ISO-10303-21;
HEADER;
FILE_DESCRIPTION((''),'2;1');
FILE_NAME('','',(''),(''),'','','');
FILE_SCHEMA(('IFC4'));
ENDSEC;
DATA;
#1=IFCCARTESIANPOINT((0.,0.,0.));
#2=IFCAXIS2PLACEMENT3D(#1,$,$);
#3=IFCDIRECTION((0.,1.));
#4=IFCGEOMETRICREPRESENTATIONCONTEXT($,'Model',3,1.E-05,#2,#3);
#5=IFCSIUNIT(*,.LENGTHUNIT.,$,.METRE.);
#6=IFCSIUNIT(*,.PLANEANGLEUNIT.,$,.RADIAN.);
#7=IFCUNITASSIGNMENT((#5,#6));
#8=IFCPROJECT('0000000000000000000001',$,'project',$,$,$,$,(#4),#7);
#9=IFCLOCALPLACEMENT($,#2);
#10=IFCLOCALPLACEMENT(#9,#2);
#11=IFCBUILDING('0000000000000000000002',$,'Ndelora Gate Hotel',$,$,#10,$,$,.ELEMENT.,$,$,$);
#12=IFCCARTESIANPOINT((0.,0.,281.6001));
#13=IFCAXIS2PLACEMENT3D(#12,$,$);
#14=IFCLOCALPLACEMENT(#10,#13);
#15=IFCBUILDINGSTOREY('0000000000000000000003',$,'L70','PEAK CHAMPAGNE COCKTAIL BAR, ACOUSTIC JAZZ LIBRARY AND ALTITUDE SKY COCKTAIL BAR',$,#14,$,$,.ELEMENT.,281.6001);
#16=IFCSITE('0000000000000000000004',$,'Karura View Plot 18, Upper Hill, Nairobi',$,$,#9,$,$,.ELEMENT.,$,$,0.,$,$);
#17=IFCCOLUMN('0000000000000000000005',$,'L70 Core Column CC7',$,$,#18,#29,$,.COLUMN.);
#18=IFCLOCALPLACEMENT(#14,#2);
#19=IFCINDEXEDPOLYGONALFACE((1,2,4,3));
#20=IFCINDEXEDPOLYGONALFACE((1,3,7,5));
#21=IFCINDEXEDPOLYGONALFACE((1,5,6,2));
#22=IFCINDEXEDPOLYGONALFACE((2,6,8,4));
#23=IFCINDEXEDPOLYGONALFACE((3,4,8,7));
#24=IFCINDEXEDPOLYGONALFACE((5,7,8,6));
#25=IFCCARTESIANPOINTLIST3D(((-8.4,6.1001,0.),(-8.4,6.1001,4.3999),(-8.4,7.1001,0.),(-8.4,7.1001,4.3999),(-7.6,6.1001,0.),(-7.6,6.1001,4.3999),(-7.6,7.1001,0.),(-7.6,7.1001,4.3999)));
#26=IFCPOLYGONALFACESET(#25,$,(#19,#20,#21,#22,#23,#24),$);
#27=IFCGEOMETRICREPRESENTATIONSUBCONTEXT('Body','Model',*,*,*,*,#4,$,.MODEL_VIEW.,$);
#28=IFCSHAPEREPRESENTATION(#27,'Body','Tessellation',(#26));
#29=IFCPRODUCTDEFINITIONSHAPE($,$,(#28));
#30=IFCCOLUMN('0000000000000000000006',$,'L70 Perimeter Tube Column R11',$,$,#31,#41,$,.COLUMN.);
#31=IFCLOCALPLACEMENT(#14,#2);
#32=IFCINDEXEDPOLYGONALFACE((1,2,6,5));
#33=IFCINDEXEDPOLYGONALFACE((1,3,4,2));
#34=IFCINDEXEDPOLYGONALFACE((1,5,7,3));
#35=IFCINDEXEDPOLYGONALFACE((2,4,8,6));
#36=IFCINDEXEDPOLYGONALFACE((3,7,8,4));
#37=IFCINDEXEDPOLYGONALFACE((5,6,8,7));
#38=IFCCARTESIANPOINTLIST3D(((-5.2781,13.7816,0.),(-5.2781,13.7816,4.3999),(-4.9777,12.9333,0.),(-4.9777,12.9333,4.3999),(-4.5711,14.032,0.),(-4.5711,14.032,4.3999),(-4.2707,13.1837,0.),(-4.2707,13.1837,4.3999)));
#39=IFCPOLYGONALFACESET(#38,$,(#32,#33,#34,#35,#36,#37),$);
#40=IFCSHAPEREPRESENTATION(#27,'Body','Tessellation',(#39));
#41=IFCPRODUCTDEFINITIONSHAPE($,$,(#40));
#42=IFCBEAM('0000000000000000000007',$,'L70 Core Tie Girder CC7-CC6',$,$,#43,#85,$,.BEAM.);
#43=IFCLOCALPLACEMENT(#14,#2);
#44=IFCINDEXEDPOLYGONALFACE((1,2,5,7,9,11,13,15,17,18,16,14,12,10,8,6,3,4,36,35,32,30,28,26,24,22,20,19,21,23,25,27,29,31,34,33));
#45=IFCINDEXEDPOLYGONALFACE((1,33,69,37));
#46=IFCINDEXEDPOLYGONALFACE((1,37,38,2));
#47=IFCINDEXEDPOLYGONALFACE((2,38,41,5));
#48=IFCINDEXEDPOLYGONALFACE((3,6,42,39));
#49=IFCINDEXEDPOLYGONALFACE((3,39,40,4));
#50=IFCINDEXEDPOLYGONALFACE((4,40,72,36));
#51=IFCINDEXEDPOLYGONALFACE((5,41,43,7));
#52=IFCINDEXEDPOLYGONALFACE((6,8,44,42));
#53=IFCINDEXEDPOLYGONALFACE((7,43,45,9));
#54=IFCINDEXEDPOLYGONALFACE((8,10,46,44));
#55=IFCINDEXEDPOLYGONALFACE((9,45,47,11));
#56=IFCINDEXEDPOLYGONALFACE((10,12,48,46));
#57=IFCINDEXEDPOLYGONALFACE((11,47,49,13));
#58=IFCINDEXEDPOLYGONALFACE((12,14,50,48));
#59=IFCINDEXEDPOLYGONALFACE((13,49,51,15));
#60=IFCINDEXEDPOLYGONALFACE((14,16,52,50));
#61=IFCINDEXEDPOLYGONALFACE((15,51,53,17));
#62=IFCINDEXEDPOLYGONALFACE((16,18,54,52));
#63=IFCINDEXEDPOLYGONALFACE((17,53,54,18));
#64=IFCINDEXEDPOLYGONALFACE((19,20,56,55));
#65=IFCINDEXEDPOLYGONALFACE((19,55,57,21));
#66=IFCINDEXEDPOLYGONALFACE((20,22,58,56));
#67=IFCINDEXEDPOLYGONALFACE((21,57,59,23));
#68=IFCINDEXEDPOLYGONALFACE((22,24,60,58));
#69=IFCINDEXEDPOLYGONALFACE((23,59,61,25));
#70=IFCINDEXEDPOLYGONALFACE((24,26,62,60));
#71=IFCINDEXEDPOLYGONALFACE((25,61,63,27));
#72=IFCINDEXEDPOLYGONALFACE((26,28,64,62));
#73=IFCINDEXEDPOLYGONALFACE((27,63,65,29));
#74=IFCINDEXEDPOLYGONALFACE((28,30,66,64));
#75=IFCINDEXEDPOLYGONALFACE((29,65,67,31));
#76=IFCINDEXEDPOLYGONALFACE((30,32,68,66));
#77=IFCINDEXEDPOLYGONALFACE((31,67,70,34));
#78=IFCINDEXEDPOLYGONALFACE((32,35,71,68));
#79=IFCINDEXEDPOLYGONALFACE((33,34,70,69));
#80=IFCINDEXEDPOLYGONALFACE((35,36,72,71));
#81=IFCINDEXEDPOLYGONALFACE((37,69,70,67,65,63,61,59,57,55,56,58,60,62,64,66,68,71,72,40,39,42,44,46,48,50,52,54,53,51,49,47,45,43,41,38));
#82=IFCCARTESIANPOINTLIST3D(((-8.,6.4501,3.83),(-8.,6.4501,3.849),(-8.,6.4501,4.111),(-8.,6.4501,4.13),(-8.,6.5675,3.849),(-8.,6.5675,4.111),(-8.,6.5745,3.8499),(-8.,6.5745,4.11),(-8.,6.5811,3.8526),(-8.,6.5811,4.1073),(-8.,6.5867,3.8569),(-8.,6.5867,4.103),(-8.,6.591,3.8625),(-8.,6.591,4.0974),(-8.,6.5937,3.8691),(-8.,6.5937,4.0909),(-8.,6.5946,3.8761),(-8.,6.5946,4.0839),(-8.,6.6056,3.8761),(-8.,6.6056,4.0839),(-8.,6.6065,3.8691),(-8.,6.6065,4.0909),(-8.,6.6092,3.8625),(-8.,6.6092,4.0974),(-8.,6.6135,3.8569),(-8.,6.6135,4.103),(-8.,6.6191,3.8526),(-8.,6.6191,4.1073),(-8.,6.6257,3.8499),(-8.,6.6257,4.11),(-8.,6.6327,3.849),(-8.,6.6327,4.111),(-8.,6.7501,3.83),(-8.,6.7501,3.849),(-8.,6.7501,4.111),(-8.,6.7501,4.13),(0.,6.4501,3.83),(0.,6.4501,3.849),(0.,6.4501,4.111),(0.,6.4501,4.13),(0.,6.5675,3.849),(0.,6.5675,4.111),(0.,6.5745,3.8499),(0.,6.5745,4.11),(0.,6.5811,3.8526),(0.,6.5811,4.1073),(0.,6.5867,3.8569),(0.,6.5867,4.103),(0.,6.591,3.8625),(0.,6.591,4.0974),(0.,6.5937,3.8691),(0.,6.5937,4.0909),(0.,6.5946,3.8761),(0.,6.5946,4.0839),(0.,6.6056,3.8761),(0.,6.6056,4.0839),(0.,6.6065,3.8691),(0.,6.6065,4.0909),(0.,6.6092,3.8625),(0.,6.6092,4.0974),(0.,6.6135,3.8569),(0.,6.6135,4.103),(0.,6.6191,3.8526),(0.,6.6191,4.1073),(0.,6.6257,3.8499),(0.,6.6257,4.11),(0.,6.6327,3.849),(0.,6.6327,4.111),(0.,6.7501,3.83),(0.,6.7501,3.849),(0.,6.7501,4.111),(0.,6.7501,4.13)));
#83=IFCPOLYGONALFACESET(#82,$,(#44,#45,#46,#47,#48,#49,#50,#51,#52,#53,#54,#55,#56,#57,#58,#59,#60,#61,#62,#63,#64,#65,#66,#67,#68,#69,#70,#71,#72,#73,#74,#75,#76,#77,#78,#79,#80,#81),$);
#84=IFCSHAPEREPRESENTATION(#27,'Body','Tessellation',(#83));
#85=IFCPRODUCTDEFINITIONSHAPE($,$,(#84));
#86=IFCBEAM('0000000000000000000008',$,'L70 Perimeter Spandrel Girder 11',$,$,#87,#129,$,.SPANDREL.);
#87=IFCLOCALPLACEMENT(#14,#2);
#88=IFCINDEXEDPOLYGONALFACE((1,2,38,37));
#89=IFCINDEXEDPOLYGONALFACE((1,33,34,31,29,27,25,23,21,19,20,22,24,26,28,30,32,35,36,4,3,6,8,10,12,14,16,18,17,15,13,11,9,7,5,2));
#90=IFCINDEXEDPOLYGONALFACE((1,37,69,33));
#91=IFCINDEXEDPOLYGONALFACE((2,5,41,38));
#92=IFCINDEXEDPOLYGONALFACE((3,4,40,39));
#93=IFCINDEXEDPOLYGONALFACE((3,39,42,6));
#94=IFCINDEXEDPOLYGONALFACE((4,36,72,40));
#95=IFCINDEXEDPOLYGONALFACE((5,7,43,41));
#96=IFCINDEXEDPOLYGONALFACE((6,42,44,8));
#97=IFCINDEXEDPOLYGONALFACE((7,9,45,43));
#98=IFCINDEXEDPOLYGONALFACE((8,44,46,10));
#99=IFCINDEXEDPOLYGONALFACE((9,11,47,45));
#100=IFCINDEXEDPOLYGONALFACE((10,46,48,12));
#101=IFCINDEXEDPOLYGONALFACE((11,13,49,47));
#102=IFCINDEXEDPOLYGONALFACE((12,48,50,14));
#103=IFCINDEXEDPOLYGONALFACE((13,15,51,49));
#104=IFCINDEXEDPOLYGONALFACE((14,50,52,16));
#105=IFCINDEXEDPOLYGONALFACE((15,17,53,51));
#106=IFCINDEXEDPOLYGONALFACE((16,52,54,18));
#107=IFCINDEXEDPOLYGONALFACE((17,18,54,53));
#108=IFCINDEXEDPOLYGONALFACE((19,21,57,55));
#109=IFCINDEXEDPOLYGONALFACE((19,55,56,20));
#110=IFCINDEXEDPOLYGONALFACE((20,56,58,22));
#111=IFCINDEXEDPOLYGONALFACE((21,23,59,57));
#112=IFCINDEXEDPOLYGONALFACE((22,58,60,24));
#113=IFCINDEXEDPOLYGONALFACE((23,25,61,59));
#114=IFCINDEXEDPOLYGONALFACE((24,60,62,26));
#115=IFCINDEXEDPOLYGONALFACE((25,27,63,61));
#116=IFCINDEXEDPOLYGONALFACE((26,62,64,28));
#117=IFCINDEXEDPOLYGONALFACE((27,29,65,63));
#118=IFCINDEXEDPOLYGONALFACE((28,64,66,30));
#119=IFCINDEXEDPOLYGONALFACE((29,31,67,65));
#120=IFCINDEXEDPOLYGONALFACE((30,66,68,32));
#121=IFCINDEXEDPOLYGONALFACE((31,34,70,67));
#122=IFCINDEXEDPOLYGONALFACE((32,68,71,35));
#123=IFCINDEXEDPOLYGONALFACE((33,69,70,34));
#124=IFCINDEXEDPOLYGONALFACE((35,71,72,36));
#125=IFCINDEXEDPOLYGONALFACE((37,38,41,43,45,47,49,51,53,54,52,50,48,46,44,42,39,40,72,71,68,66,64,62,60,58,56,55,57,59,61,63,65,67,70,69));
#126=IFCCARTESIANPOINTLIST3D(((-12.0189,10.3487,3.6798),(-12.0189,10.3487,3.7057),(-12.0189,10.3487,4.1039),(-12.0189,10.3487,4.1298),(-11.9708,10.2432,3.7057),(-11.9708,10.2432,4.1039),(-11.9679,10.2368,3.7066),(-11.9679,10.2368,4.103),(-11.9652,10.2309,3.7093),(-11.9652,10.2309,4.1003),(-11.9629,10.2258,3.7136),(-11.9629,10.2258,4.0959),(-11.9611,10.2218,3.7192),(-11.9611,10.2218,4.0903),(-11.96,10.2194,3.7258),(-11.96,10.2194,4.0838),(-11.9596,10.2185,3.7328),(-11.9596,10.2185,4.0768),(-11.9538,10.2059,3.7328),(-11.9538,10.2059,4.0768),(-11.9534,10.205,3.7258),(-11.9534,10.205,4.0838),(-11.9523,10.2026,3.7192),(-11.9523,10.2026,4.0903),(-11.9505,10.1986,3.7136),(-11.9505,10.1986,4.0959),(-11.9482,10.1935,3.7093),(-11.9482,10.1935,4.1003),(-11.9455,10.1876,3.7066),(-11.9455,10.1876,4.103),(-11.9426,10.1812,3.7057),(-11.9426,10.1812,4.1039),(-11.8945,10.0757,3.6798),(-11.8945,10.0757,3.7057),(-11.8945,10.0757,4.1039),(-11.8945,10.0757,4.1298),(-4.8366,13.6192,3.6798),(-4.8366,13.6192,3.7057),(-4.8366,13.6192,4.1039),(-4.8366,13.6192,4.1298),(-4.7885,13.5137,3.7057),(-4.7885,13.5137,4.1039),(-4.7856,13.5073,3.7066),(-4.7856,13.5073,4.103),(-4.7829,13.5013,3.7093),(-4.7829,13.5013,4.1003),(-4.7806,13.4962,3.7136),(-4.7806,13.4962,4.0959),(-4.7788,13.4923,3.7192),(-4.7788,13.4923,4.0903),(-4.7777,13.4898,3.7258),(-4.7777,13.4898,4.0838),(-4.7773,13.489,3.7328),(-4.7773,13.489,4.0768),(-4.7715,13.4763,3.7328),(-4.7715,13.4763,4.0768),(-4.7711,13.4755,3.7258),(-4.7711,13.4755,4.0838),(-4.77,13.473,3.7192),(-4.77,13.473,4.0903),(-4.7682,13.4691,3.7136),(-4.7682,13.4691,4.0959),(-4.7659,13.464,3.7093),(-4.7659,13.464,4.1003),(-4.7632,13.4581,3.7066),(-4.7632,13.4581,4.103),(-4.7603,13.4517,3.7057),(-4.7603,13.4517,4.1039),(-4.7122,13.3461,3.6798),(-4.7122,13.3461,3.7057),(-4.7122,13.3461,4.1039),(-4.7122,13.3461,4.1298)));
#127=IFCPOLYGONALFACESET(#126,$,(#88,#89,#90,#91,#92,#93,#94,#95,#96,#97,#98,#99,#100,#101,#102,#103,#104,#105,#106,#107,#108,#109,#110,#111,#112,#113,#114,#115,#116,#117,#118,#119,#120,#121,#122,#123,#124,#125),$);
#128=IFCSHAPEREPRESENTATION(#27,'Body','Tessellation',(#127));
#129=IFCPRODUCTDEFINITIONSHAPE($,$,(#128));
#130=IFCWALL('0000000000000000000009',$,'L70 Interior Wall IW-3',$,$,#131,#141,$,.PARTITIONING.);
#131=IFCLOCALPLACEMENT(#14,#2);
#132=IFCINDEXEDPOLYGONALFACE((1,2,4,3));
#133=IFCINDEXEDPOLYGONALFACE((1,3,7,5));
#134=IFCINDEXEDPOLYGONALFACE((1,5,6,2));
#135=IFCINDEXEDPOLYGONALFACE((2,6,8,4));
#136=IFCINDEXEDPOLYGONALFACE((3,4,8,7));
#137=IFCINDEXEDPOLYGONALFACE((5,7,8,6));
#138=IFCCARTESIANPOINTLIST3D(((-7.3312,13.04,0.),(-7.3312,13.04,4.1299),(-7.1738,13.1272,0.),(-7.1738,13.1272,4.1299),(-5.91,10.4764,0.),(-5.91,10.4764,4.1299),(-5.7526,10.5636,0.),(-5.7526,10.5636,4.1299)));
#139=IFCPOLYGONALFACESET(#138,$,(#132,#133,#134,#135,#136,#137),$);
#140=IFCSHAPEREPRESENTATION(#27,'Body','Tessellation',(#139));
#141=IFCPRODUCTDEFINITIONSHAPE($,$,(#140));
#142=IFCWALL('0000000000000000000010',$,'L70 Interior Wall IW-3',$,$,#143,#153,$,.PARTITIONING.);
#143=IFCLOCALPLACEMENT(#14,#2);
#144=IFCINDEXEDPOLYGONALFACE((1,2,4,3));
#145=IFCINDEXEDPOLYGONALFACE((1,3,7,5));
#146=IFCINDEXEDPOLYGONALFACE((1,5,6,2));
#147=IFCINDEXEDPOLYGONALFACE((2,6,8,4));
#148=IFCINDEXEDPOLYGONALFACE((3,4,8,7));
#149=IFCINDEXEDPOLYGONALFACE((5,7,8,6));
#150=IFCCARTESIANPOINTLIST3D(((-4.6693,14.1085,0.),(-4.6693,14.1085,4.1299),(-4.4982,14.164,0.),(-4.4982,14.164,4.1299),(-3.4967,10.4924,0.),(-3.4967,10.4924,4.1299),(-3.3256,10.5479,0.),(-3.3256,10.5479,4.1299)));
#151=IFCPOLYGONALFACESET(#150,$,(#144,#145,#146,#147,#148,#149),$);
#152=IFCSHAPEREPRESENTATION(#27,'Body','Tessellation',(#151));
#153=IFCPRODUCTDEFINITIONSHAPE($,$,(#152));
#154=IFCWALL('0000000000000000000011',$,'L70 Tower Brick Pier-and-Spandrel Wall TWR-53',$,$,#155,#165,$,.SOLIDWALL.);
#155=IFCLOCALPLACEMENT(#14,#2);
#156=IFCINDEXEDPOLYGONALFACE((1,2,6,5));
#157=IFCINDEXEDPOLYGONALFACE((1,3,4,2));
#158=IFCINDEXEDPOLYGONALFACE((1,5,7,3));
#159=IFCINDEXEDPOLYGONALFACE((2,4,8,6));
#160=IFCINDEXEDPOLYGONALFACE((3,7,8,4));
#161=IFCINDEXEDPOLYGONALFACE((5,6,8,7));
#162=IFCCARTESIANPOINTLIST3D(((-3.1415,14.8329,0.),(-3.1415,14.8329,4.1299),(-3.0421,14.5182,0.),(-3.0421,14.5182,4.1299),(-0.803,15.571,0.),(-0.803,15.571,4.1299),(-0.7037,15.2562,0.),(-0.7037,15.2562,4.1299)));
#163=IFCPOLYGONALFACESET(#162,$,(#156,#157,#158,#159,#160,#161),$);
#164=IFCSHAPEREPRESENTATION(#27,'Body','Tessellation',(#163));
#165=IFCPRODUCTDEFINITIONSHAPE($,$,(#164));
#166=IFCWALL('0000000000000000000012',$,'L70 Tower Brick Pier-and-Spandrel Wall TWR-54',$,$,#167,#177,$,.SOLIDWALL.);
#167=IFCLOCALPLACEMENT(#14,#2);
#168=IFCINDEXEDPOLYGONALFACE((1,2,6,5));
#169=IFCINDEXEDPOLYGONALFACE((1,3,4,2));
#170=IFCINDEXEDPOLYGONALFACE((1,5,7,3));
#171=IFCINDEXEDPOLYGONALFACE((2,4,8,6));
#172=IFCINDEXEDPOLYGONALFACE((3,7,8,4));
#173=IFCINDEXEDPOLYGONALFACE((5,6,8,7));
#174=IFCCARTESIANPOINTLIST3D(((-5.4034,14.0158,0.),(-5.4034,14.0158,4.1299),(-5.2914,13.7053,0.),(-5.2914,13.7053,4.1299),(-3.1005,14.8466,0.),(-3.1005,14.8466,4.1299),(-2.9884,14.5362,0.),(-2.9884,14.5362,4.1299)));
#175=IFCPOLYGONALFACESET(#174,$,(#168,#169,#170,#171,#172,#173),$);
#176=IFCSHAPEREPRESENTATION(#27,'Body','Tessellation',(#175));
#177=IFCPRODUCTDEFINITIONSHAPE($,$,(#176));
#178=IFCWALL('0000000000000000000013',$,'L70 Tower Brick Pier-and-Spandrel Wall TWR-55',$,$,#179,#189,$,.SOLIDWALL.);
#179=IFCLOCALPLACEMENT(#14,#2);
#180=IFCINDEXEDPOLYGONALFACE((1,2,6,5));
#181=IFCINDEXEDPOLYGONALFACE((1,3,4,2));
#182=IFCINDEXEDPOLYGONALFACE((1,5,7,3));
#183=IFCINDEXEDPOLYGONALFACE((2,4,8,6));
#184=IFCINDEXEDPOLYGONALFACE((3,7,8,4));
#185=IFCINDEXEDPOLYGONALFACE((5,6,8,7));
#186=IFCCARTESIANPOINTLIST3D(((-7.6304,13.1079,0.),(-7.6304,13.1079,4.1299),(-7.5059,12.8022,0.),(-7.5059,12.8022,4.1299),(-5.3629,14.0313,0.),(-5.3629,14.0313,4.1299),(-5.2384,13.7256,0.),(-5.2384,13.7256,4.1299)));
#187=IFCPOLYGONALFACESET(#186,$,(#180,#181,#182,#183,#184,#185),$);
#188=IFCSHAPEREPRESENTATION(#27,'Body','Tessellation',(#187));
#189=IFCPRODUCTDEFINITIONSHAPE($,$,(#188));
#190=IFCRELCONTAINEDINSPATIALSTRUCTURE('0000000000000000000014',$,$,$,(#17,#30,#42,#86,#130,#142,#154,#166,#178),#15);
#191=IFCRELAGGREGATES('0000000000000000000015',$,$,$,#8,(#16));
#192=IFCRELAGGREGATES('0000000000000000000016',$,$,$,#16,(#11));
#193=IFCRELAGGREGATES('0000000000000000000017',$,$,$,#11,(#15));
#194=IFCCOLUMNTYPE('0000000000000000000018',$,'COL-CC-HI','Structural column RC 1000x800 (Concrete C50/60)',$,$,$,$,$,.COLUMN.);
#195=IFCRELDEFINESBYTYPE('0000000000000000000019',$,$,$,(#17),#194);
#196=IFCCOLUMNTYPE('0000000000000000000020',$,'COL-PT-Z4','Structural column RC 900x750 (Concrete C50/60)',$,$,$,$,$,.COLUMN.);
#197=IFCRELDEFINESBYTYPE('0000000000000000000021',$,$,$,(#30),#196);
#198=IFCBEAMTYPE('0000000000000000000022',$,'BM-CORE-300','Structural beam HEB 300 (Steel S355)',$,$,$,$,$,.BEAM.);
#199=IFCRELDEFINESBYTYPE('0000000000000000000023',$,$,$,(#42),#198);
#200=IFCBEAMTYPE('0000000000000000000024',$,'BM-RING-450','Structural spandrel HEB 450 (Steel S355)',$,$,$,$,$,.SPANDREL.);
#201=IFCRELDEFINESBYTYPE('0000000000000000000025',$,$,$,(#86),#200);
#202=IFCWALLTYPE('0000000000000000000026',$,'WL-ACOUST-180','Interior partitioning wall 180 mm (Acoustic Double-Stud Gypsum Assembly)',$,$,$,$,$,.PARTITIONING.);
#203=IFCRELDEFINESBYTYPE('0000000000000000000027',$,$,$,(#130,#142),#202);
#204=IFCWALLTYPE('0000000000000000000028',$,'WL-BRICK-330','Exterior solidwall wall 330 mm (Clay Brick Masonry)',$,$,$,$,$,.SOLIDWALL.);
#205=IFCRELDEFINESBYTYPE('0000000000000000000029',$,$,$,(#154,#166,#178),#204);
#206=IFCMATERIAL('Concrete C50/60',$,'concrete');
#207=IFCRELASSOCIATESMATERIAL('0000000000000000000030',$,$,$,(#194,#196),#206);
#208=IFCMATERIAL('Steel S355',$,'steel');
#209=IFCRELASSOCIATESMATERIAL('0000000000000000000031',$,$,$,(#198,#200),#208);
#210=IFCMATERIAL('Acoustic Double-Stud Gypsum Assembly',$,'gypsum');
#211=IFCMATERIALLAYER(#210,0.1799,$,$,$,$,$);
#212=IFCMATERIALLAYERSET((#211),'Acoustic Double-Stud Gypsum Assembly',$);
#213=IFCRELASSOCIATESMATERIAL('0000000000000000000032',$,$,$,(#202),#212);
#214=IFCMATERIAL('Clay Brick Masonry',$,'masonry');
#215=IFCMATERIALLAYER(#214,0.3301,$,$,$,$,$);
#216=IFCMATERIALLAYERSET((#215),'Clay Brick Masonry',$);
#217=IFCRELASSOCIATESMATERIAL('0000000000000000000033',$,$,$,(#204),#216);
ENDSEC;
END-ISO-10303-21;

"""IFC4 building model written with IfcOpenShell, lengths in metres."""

from ifc_helpers import new_model, si_unit, direction, frame, frame_2d, origin, origin_2d, place, context, subcontext, project, spatial, rectangle, i_section, extrude, material, layer, layer_set, material_profile, profile_set, type_object, element, save


model = new_model("IFC4")

# Units and contexts
model_context = context("Model", 3, precision=1e-05, world=origin(), true_north=direction((0.0, 1.0)))
body_context = subcontext(model_context, "Body", "Model", "MODEL_VIEW")
ifc_project = project(units=[si_unit("LENGTHUNIT", "METRE"), si_unit("PLANEANGLEUNIT", "RADIAN")], contexts=[model_context])

# Site, building, storey
site_placement = place(None, origin())
site = spatial("IfcSite", under=ifc_project, at=site_placement, Name="Karura View Plot 18, Upper Hill, Nairobi", CompositionType="ELEMENT", RefElevation=0.0)
building_placement = place(site_placement, origin())
building = spatial("IfcBuilding", under=site, at=building_placement, Name="Ndelora Gate Hotel", CompositionType="ELEMENT")
storey_placement = place(building_placement, frame((0.0, 0.0, 281.6001)))
storey = spatial("IfcBuildingStorey", under=building, at=storey_placement, Name="L70", Description="PEAK CHAMPAGNE COCKTAIL BAR, ACOUSTIC JAZZ LIBRARY AND ALTITUDE SKY COCKTAIL BAR", CompositionType="ELEMENT", Elevation=281.6001)

# Columns
ifc_material_1 = material(Name="Concrete C50/60", Category="concrete")
ifc_material_profile_1 = material_profile(ifc_material_1, rectangle(XDim=0.8, YDim=1.0, at=origin_2d()), Name="RC 1000x800")
ifc_profile_set_1 = profile_set([ifc_material_profile_1], Name="Concrete C50/60")
column_type_1 = type_object("IfcColumnType", Name="COL-CC-HI", Description="Structural column RC 1000x800 (Concrete C50/60)", PredefinedType="COLUMN", material=ifc_profile_set_1)
column_1_placement = place(storey_placement, frame((-8.0, 6.6001, 0.0), z_axis=(0.0, 0.0, 1.0), x_axis=(1.0, 0.0, 0.0)))
element("IfcColumn", 1, at=column_1_placement, inside=storey, type_object=column_type_1, Name="L70 Core Column CC7", PredefinedType="COLUMN", context=body_context, shape_type="SweptSolid", body=[
    extrude(rectangle(XDim=0.8, YDim=1.0, at=origin_2d()), origin(), (0.0, 0.0, 1.0), 4.3999),
])
ifc_material_profile_2 = material_profile(ifc_material_1, rectangle(XDim=0.75, YDim=0.8999, at=origin_2d()), Name="RC 900x750")
ifc_profile_set_2 = profile_set([ifc_material_profile_2], Name="Concrete C50/60")
column_type_2 = type_object("IfcColumnType", Name="COL-PT-Z4", Description="Structural column RC 900x750 (Concrete C50/60)", PredefinedType="COLUMN", material=ifc_profile_set_2)
column_2_placement = place(storey_placement, frame((-4.7744, 13.4827, 0.0), z_axis=(0.0, 0.0, 1.0), x_axis=(0.942641, 0.333807, 0.0)))
element("IfcColumn", 2, at=column_2_placement, inside=storey, type_object=column_type_2, Name="L70 Perimeter Tube Column R11", PredefinedType="COLUMN", context=body_context, shape_type="SweptSolid", body=[
    extrude(rectangle(XDim=0.75, YDim=0.8999, at=origin_2d()), origin(), (0.0, 0.0, 1.0), 4.3999),
])

# Beams
ifc_material_2 = material(Name="Steel S355", Category="steel")
ifc_material_profile_3 = material_profile(ifc_material_2, i_section(OverallWidth=0.3, OverallDepth=0.3, WebThickness=0.011, FlangeThickness=0.019, FilletRadius=0.0271, at=origin_2d()), Name="HEB 300")
ifc_profile_set_3 = profile_set([ifc_material_profile_3], Name="Steel S355")
beam_type_1 = type_object("IfcBeamType", Name="BM-CORE-300", Description="Structural beam HEB 300 (Steel S355)", PredefinedType="BEAM", material=ifc_profile_set_3)
beam_1_placement = place(storey_placement, frame((-8.0, 6.6001, 3.98), z_axis=(1.0, 0.0, 0.0), x_axis=(0.0, 1.0, 0.0)))
element("IfcBeam", 3, at=beam_1_placement, inside=storey, type_object=beam_type_1, Name="L70 Core Tie Girder CC7-CC6", PredefinedType="BEAM", context=body_context, shape_type="SweptSolid", body=[
    extrude(i_section(OverallWidth=0.3, OverallDepth=0.3, WebThickness=0.011, FlangeThickness=0.019, FilletRadius=0.0271, at=origin_2d()), origin(), (0.0, 0.0, 1.0), 8.0),
])
ifc_material_profile_4 = material_profile(ifc_material_2, i_section(OverallWidth=0.3, OverallDepth=0.45, WebThickness=0.0139, FlangeThickness=0.0259, FilletRadius=0.0271, at=origin_2d()), Name="HEB 450")
ifc_profile_set_4 = profile_set([ifc_material_profile_4], Name="Steel S355")
beam_type_2 = type_object("IfcBeamType", Name="BM-RING-450", Description="Structural spandrel HEB 450 (Steel S355)", PredefinedType="SPANDREL", material=ifc_profile_set_4)
beam_2_placement = place(storey_placement, frame((-4.7744, 13.4827, 3.9048), z_axis=(-0.91009, -0.414411, 0.0), x_axis=(0.414411, -0.91009, 0.0)))
element("IfcBeam", 4, at=beam_2_placement, inside=storey, type_object=beam_type_2, Name="L70 Perimeter Spandrel Girder 11", PredefinedType="SPANDREL", context=body_context, shape_type="SweptSolid", body=[
    extrude(i_section(OverallWidth=0.3, OverallDepth=0.45, WebThickness=0.0139, FlangeThickness=0.0259, FilletRadius=0.0271, at=origin_2d()), origin(), (0.0, 0.0, 1.0), 7.8918),
])

# Walls
ifc_material_3 = material(Name="Acoustic Double-Stud Gypsum Assembly", Category="gypsum")
ifc_layer_1 = layer(ifc_material_3, 0.1799)
ifc_layer_set_1 = layer_set([ifc_layer_1], Name="Acoustic Double-Stud Gypsum Assembly")
wall_type_1 = type_object("IfcWallType", Name="WL-ACOUST-180", Description="Interior partitioning wall 180 mm (Acoustic Double-Stud Gypsum Assembly)", PredefinedType="PARTITIONING", material=ifc_layer_set_1)
wall_1_placement = place(storey_placement, frame((-5.8313, 10.52, 0.0), z_axis=(0.0, 0.0, 1.0), x_axis=(-0.484858, 0.874593, 0.0)))
element("IfcWall", 5, at=wall_1_placement, inside=storey, type_object=wall_type_1, Name="L70 Interior Wall IW-3", PredefinedType="PARTITIONING", context=body_context, shape_type="SweptSolid", body=[
    extrude(rectangle(XDim=2.9312, YDim=0.1799, at=frame_2d((1.4656, 0.0))), origin(), (0.0, 0.0, 1.0), 4.1299),
])
wall_2_placement = place(storey_placement, frame((-3.4111, 10.52, 0.0), z_axis=(0.0, 0.0, 1.0), x_axis=(-0.308453, 0.95124, 0.0)))
element("IfcWall", 6, at=wall_2_placement, inside=storey, type_object=wall_type_1, Name="L70 Interior Wall IW-3", PredefinedType="PARTITIONING", context=body_context, shape_type="SweptSolid", body=[
    extrude(rectangle(XDim=3.8015, YDim=0.1799, at=frame_2d((1.9009, 0.0))), origin(), (0.0, 0.0, 1.0), 4.1299),
])
ifc_material_4 = material(Name="Clay Brick Masonry", Category="masonry")
ifc_layer_2 = layer(ifc_material_4, 0.3301)
ifc_layer_set_2 = layer_set([ifc_layer_2], Name="Clay Brick Masonry")
wall_type_2 = type_object("IfcWallType", Name="WL-BRICK-330", Description="Exterior solidwall wall 330 mm (Clay Brick Masonry)", PredefinedType="SOLIDWALL", material=ifc_layer_set_2)
wall_3_placement = place(storey_placement, frame((-3.0918, 14.6755, 0.0), z_axis=(0.0, 0.0, 1.0), x_axis=(0.953629, 0.300984, 0.0)))
element("IfcWall", 7, at=wall_3_placement, inside=storey, type_object=wall_type_2, Name="L70 Tower Brick Pier-and-Spandrel Wall TWR-53", PredefinedType="SOLIDWALL", context=body_context, shape_type="SweptSolid", body=[
    extrude(rectangle(XDim=2.4521, YDim=0.3301, at=frame_2d((1.2261, 0.0))), origin(), (0.0, 0.0, 1.0), 4.1299),
])
for number, where, z_axis, x_axis, name in (
    (8, (-5.3474, 13.8606, 0.0), (0.0, 0.0, 1.0), (0.940661, 0.339348, 0.0), "L70 Tower Brick Pier-and-Spandrel Wall TWR-54"),
    (9, (-7.5681, 12.9551, 0.0), (0.0, 0.0, 1.0), (0.926148, 0.377161, 0.0), "L70 Tower Brick Pier-and-Spandrel Wall TWR-55"),
):
    element("IfcWall", number, at=place(storey_placement, frame(where, z_axis=z_axis, x_axis=x_axis)), inside=storey, type_object=wall_type_2, Name=name, PredefinedType="SOLIDWALL", context=body_context, shape_type="SweptSolid", body=[
        extrude(rectangle(XDim=2.4482, YDim=0.3301, at=frame_2d((1.2241, 0.0))), origin(), (0.0, 0.0, 1.0), 4.1299),
    ])

save(model, "model.ifc")
